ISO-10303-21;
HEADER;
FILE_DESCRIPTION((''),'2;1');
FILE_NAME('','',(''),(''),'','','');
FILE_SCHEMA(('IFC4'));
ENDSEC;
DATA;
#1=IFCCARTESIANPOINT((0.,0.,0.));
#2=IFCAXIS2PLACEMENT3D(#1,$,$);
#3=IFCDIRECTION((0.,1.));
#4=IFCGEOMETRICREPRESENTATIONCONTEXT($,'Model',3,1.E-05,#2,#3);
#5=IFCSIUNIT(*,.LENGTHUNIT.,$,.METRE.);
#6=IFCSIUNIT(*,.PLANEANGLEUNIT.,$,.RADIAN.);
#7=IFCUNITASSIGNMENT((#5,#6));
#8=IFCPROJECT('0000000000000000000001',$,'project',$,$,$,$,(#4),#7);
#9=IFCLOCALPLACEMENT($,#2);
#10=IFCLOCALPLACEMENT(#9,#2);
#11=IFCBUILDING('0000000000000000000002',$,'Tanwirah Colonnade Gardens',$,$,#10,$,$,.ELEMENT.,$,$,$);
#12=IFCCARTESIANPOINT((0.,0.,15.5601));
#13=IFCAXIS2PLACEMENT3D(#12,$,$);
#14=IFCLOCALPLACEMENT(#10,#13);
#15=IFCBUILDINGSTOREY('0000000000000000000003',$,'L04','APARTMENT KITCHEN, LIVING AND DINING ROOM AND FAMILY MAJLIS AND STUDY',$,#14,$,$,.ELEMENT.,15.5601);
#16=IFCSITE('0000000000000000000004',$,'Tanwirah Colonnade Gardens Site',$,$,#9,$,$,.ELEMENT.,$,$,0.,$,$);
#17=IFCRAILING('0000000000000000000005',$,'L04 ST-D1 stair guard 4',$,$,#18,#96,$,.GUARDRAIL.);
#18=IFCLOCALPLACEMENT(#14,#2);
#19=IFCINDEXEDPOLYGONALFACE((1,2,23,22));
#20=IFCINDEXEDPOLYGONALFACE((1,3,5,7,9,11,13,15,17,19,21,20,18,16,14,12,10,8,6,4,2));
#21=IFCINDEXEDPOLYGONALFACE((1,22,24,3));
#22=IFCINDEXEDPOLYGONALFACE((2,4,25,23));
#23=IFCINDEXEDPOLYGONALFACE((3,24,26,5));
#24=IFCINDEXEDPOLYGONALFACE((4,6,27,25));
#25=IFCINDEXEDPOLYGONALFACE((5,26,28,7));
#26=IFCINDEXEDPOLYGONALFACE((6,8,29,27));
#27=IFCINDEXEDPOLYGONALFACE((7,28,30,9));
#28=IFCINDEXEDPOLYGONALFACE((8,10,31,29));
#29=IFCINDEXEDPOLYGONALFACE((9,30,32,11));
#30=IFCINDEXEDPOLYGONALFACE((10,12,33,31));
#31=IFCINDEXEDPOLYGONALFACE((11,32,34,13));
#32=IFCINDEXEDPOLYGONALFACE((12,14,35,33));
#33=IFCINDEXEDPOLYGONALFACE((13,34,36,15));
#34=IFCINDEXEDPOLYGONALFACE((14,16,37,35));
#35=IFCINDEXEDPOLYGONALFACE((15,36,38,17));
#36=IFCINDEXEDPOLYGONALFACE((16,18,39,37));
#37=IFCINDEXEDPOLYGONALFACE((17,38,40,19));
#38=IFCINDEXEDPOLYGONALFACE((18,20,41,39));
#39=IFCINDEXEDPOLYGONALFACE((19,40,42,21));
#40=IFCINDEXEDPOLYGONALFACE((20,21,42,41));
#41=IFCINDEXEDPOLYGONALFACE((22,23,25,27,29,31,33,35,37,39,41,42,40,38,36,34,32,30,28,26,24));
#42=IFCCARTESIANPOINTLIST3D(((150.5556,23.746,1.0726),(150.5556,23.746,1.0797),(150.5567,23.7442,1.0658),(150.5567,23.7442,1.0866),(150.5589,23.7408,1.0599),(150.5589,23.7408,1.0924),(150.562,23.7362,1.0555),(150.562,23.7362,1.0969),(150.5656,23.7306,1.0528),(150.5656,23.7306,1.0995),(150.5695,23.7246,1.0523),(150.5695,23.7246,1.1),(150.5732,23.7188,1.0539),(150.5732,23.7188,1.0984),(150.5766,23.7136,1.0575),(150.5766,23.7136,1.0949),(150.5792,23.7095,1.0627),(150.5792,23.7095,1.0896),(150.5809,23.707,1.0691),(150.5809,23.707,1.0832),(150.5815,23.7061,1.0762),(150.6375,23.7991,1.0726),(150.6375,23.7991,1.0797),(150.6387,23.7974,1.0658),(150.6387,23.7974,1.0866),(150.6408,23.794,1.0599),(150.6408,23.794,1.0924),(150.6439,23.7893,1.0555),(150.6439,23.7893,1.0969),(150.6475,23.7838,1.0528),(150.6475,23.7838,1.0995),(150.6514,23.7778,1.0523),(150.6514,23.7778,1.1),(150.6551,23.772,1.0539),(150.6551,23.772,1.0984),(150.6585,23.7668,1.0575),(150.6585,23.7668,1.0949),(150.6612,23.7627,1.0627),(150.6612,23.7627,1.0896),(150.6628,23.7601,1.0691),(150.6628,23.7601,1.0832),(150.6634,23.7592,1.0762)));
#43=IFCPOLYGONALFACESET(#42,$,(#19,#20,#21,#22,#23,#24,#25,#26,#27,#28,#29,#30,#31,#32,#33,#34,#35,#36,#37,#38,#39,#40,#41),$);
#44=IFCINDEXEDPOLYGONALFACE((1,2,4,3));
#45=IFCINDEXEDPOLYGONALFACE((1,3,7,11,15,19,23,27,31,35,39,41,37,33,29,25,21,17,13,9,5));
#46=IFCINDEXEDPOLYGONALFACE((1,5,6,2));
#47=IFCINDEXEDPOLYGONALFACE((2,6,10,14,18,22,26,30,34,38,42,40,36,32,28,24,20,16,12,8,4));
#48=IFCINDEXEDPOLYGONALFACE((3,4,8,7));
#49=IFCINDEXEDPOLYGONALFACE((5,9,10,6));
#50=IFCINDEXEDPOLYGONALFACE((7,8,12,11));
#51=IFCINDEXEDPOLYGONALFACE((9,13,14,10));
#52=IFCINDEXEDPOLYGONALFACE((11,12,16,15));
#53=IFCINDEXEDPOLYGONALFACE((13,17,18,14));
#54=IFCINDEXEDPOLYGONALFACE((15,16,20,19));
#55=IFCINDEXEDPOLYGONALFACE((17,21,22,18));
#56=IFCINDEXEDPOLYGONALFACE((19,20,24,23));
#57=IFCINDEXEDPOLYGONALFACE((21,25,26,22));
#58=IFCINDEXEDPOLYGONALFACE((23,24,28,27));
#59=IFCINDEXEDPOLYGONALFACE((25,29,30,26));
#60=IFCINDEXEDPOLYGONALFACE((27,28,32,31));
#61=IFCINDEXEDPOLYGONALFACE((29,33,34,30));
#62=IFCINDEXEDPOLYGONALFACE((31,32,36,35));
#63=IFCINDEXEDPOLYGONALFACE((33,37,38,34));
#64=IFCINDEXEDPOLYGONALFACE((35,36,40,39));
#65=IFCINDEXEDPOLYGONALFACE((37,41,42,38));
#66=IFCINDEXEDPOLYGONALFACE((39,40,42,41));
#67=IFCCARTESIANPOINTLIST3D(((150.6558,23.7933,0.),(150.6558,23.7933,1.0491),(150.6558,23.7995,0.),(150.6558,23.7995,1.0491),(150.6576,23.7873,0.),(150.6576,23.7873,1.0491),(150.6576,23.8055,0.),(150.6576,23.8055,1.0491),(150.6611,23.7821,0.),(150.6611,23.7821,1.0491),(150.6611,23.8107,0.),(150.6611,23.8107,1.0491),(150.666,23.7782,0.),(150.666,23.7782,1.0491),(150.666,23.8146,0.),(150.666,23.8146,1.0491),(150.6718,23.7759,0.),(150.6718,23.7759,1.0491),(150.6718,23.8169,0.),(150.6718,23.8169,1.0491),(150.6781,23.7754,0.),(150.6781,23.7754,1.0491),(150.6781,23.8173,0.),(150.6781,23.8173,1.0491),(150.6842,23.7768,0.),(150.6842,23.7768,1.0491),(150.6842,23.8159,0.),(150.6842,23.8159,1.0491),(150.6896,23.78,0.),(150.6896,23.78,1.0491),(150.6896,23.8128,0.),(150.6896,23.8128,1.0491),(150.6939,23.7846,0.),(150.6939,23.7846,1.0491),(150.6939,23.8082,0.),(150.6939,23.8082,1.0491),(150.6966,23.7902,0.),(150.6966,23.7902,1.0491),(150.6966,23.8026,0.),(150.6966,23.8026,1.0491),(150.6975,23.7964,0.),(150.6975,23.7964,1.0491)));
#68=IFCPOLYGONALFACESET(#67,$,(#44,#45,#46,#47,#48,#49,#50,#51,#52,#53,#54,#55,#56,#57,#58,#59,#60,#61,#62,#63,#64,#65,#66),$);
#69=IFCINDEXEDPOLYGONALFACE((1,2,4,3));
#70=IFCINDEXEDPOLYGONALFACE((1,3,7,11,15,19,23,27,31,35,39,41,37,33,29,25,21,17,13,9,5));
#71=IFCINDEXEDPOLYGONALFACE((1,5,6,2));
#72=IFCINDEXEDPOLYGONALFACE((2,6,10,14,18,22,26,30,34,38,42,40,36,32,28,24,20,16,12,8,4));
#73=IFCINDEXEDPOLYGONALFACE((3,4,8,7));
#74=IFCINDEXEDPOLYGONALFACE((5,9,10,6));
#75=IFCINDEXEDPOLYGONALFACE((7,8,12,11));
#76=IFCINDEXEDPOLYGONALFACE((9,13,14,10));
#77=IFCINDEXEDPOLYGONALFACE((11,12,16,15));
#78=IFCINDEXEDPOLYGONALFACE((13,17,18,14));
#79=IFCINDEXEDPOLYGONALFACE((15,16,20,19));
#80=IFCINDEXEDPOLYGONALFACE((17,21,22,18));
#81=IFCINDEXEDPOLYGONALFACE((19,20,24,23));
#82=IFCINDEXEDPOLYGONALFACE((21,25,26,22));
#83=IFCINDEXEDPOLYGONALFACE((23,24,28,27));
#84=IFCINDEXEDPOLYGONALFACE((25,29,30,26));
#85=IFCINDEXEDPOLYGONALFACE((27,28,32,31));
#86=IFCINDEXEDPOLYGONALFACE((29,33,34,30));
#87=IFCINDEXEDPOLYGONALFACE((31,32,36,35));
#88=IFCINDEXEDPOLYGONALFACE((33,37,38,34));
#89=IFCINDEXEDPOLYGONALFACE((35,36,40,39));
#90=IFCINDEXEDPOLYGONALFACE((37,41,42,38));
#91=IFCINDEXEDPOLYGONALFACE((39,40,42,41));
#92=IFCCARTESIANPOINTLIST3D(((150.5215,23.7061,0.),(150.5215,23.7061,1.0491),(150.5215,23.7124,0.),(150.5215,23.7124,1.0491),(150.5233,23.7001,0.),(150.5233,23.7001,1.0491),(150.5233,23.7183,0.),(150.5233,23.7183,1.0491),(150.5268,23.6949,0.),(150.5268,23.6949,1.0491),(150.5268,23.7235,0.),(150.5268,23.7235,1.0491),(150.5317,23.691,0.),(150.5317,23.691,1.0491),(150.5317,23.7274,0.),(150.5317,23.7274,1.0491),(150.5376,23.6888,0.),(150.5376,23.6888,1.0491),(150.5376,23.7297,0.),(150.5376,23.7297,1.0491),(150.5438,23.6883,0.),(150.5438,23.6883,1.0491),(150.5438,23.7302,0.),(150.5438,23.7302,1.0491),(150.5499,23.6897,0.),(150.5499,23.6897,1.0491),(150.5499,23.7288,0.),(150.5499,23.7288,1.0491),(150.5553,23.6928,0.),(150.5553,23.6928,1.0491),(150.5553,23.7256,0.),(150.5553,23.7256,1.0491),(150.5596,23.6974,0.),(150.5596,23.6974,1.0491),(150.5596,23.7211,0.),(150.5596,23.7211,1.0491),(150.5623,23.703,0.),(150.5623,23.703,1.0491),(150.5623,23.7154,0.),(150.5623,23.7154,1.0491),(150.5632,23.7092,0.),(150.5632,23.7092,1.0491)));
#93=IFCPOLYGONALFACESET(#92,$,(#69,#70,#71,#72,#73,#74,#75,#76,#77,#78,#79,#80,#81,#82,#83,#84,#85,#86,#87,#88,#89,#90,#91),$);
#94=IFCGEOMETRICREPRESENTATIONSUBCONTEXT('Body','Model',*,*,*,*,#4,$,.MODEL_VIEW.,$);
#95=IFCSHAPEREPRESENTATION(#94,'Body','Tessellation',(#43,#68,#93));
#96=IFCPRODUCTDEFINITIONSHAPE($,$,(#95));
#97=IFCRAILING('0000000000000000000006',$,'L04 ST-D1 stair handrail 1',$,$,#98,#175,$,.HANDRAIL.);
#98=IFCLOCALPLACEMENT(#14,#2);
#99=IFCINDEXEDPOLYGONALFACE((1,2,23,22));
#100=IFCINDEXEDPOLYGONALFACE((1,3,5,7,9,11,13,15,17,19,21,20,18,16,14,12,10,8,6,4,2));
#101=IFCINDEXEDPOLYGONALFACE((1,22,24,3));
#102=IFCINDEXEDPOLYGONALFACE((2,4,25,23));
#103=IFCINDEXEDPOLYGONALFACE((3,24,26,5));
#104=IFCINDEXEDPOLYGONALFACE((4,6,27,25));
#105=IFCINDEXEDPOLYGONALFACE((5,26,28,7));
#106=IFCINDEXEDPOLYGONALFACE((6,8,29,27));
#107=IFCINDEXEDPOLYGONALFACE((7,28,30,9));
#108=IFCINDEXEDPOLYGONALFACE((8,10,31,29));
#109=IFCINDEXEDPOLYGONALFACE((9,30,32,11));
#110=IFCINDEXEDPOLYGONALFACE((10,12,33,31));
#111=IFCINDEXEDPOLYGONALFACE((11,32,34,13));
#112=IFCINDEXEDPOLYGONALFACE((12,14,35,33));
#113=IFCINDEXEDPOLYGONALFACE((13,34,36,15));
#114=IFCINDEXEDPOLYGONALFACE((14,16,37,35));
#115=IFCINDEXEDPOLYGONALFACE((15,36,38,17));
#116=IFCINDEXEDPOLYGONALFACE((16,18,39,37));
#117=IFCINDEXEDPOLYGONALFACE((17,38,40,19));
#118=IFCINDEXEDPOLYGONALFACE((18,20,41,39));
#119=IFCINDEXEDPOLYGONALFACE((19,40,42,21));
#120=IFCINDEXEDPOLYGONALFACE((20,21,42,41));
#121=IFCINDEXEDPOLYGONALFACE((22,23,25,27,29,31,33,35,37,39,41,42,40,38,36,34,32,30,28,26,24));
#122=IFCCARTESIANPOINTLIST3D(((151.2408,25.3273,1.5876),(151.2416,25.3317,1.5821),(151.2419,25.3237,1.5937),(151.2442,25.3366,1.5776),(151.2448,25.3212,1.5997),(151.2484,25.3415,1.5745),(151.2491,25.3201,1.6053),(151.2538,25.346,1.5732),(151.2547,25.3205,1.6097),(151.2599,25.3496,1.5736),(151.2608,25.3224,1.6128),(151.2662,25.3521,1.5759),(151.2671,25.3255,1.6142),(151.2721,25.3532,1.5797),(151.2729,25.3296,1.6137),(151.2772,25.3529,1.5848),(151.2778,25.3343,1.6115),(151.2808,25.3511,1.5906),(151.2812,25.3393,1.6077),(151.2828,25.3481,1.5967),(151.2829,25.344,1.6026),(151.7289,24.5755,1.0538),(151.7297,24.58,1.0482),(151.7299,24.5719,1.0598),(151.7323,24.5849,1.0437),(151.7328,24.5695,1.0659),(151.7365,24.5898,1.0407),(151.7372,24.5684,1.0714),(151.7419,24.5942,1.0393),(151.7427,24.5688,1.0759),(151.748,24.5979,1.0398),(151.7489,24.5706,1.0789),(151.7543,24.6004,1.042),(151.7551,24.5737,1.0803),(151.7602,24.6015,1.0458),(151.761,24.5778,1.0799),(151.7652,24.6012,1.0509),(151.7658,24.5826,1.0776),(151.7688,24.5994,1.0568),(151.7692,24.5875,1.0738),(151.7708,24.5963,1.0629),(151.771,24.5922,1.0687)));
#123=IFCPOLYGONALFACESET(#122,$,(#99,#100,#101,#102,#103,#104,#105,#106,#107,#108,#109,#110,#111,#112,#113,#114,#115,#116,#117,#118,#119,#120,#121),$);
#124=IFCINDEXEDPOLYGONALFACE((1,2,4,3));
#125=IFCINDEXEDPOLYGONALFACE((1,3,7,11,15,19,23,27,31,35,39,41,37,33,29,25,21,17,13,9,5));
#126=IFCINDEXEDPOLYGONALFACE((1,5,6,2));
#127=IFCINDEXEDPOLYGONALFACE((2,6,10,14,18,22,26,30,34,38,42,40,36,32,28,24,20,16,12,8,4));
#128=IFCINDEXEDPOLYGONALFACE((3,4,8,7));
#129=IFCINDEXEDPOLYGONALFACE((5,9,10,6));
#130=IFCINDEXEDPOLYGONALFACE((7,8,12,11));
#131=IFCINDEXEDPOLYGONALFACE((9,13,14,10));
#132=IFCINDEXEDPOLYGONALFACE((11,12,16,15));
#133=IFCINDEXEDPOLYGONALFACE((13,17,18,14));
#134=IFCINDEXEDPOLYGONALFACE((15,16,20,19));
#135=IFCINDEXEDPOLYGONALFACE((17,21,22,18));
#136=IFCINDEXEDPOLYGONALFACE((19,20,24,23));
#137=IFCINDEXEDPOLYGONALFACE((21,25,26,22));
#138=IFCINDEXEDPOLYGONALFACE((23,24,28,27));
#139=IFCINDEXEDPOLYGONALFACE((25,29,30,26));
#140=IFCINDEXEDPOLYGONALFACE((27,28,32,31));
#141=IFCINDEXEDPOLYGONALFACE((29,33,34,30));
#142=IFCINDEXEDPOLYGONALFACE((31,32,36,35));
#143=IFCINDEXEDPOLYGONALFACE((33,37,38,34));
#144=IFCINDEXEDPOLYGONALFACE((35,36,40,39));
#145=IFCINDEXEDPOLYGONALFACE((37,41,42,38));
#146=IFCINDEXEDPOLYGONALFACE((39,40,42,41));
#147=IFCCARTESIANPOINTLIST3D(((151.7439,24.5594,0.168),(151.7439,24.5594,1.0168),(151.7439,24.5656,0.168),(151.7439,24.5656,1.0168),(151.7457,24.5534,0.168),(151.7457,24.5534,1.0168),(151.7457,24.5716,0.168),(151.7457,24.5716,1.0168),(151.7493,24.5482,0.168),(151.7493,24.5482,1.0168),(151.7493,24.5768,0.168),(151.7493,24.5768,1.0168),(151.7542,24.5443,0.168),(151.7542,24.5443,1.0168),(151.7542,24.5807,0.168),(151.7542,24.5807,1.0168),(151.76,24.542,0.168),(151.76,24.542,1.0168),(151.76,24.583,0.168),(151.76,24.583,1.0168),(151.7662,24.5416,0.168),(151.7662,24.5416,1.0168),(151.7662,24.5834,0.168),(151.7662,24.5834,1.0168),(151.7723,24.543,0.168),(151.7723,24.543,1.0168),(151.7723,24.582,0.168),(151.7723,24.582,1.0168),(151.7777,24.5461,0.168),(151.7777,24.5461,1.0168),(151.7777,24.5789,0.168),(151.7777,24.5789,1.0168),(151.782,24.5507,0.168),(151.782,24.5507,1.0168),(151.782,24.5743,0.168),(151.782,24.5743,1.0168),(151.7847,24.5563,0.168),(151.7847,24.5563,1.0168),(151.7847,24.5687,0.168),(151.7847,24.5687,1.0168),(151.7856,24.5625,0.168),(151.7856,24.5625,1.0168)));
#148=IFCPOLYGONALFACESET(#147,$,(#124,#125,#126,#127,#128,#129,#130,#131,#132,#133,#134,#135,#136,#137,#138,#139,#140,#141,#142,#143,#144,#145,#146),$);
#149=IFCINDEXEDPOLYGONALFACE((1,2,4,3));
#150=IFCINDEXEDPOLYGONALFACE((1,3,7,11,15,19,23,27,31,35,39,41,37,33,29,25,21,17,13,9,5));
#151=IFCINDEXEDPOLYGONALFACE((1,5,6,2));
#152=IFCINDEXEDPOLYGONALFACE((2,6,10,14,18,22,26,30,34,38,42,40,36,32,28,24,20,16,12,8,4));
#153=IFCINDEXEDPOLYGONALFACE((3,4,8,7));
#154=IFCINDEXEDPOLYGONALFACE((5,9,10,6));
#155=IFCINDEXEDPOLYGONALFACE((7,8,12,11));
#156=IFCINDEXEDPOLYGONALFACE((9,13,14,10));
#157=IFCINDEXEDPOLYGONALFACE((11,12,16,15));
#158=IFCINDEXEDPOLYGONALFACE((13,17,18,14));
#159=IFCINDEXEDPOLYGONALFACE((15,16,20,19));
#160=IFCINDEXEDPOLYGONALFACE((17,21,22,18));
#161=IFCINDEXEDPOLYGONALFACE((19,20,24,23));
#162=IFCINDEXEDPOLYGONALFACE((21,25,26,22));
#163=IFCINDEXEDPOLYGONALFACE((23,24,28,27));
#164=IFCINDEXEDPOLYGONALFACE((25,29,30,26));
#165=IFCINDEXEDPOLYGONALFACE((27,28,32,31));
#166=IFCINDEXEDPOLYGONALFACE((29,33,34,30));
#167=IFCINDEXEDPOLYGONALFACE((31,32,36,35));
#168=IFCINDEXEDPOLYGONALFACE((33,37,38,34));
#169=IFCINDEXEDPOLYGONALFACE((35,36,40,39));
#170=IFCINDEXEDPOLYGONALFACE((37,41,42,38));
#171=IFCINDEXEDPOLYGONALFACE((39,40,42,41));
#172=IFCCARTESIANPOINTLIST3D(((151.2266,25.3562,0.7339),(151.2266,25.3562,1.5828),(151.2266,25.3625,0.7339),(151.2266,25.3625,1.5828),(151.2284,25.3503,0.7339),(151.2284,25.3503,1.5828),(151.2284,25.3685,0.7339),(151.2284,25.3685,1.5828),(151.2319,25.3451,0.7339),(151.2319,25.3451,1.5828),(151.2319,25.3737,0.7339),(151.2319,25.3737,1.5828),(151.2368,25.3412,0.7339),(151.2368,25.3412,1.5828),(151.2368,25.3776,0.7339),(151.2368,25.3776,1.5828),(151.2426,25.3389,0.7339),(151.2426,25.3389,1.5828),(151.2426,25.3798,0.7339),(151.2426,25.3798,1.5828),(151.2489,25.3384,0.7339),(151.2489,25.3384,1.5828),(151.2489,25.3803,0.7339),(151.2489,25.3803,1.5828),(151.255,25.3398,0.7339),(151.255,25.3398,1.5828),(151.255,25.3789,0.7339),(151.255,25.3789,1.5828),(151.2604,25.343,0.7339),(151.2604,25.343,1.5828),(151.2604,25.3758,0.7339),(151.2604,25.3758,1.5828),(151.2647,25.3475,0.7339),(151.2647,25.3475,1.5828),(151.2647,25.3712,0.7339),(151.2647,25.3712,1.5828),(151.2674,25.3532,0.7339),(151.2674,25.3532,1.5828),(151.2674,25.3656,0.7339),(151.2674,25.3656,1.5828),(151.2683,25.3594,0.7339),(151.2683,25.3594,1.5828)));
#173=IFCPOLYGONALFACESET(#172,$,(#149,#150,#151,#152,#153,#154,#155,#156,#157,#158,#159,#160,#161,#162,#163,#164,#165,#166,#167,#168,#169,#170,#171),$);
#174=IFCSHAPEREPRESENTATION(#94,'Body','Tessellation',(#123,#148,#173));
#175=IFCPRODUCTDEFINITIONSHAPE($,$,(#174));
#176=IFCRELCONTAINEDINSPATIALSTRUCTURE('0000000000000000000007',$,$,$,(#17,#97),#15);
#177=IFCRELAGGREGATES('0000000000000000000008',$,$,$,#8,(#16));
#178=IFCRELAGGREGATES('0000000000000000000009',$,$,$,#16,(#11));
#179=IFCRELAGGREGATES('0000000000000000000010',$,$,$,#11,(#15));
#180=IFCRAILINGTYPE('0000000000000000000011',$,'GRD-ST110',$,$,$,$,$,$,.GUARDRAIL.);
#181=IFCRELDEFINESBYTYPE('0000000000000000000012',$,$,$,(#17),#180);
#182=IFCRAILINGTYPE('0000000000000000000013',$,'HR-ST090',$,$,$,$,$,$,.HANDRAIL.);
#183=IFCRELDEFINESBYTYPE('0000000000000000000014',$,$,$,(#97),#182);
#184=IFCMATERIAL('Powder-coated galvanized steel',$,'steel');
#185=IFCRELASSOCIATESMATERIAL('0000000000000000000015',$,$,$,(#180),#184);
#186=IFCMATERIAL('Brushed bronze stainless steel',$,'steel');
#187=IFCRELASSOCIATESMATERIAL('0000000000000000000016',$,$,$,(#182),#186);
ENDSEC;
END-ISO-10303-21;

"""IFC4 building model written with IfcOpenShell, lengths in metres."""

from ifc_helpers import new_model, si_unit, direction, frame, origin, origin_2d, place, context, subcontext, project, spatial, circle, extrude, material, type_object, element, save


model = new_model("IFC4")

# Units and contexts
model_context = context("Model", 3, precision=1e-05, world=origin(), true_north=direction((0.0, 1.0)))
body_context = subcontext(model_context, "Body", "Model", "MODEL_VIEW")
ifc_project = project(units=[si_unit("LENGTHUNIT", "METRE"), si_unit("PLANEANGLEUNIT", "RADIAN")], contexts=[model_context])

# Site, building, storey
site_placement = place(None, origin())
site = spatial("IfcSite", under=ifc_project, at=site_placement, Name="Tanwirah Colonnade Gardens Site", CompositionType="ELEMENT", RefElevation=0.0)
building_placement = place(site_placement, origin())
building = spatial("IfcBuilding", under=site, at=building_placement, Name="Tanwirah Colonnade Gardens", CompositionType="ELEMENT")
storey_placement = place(building_placement, frame((0.0, 0.0, 15.5601)))
storey = spatial("IfcBuildingStorey", under=building, at=storey_placement, Name="L04", Description="APARTMENT KITCHEN, LIVING AND DINING ROOM AND FAMILY MAJLIS AND STUDY", CompositionType="ELEMENT", Elevation=15.5601)

# Railings
ifc_material_1 = material(Name="Powder-coated galvanized steel", Category="steel")
railing_type_1 = type_object("IfcRailingType", Name="GRD-ST110", PredefinedType="GUARDRAIL", material=ifc_material_1)
railing_1_placement = place(storey_placement, frame((150.6765, 23.7964, 0.0)))
element("IfcRailing", 1, at=railing_1_placement, inside=storey, type_object=railing_type_1, Name="L04 ST-D1 stair guard 4", PredefinedType="GUARDRAIL", context=body_context, shape_type="SweptSolid", body=[
    extrude(circle(Radius=0.0239, at=origin_2d()), frame((-0.0261, -0.0171, 1.0762), z_axis=(-0.838792, -0.544452, 0.0), x_axis=(0.544452, -0.838792, 0.0)), (0.0, 0.0, 1.0), 0.0977),
    extrude(circle(Radius=0.021, at=origin_2d()), origin(), (0.0, 0.0, 1.0), 1.0491),
    extrude(circle(Radius=0.021, at=origin_2d()), frame((-0.1343, -0.0872, 0.0)), (0.0, 0.0, 1.0), 1.0491),
])
ifc_material_2 = material(Name="Brushed bronze stainless steel", Category="steel")
railing_type_2 = type_object("IfcRailingType", Name="HR-ST090", PredefinedType="HANDRAIL", material=ifc_material_2)
railing_2_placement = place(storey_placement, frame((151.7646, 24.5625, 0.168)))
element("IfcRailing", 2, at=railing_2_placement, inside=storey, type_object=railing_type_2, Name="L04 ST-D1 stair handrail 1", PredefinedType="HANDRAIL", context=body_context, shape_type="SweptSolid", body=[
    extrude(circle(Radius=0.0239, at=origin_2d()), frame((-0.0146, 0.0225, 0.8918), z_axis=(-0.467815, 0.720599, 0.511749), x_axis=(-0.838749, -0.544519, 0.0)), (0.0, 0.0, 1.0), 1.0432),
    extrude(circle(Radius=0.021, at=origin_2d()), origin(), (0.0, 0.0, 1.0), 0.8489),
    extrude(circle(Radius=0.021, at=origin_2d()), frame((-0.5173, 0.7969, 0.5659)), (0.0, 0.0, 1.0), 0.8489),
])

save(model, "model.ifc")
